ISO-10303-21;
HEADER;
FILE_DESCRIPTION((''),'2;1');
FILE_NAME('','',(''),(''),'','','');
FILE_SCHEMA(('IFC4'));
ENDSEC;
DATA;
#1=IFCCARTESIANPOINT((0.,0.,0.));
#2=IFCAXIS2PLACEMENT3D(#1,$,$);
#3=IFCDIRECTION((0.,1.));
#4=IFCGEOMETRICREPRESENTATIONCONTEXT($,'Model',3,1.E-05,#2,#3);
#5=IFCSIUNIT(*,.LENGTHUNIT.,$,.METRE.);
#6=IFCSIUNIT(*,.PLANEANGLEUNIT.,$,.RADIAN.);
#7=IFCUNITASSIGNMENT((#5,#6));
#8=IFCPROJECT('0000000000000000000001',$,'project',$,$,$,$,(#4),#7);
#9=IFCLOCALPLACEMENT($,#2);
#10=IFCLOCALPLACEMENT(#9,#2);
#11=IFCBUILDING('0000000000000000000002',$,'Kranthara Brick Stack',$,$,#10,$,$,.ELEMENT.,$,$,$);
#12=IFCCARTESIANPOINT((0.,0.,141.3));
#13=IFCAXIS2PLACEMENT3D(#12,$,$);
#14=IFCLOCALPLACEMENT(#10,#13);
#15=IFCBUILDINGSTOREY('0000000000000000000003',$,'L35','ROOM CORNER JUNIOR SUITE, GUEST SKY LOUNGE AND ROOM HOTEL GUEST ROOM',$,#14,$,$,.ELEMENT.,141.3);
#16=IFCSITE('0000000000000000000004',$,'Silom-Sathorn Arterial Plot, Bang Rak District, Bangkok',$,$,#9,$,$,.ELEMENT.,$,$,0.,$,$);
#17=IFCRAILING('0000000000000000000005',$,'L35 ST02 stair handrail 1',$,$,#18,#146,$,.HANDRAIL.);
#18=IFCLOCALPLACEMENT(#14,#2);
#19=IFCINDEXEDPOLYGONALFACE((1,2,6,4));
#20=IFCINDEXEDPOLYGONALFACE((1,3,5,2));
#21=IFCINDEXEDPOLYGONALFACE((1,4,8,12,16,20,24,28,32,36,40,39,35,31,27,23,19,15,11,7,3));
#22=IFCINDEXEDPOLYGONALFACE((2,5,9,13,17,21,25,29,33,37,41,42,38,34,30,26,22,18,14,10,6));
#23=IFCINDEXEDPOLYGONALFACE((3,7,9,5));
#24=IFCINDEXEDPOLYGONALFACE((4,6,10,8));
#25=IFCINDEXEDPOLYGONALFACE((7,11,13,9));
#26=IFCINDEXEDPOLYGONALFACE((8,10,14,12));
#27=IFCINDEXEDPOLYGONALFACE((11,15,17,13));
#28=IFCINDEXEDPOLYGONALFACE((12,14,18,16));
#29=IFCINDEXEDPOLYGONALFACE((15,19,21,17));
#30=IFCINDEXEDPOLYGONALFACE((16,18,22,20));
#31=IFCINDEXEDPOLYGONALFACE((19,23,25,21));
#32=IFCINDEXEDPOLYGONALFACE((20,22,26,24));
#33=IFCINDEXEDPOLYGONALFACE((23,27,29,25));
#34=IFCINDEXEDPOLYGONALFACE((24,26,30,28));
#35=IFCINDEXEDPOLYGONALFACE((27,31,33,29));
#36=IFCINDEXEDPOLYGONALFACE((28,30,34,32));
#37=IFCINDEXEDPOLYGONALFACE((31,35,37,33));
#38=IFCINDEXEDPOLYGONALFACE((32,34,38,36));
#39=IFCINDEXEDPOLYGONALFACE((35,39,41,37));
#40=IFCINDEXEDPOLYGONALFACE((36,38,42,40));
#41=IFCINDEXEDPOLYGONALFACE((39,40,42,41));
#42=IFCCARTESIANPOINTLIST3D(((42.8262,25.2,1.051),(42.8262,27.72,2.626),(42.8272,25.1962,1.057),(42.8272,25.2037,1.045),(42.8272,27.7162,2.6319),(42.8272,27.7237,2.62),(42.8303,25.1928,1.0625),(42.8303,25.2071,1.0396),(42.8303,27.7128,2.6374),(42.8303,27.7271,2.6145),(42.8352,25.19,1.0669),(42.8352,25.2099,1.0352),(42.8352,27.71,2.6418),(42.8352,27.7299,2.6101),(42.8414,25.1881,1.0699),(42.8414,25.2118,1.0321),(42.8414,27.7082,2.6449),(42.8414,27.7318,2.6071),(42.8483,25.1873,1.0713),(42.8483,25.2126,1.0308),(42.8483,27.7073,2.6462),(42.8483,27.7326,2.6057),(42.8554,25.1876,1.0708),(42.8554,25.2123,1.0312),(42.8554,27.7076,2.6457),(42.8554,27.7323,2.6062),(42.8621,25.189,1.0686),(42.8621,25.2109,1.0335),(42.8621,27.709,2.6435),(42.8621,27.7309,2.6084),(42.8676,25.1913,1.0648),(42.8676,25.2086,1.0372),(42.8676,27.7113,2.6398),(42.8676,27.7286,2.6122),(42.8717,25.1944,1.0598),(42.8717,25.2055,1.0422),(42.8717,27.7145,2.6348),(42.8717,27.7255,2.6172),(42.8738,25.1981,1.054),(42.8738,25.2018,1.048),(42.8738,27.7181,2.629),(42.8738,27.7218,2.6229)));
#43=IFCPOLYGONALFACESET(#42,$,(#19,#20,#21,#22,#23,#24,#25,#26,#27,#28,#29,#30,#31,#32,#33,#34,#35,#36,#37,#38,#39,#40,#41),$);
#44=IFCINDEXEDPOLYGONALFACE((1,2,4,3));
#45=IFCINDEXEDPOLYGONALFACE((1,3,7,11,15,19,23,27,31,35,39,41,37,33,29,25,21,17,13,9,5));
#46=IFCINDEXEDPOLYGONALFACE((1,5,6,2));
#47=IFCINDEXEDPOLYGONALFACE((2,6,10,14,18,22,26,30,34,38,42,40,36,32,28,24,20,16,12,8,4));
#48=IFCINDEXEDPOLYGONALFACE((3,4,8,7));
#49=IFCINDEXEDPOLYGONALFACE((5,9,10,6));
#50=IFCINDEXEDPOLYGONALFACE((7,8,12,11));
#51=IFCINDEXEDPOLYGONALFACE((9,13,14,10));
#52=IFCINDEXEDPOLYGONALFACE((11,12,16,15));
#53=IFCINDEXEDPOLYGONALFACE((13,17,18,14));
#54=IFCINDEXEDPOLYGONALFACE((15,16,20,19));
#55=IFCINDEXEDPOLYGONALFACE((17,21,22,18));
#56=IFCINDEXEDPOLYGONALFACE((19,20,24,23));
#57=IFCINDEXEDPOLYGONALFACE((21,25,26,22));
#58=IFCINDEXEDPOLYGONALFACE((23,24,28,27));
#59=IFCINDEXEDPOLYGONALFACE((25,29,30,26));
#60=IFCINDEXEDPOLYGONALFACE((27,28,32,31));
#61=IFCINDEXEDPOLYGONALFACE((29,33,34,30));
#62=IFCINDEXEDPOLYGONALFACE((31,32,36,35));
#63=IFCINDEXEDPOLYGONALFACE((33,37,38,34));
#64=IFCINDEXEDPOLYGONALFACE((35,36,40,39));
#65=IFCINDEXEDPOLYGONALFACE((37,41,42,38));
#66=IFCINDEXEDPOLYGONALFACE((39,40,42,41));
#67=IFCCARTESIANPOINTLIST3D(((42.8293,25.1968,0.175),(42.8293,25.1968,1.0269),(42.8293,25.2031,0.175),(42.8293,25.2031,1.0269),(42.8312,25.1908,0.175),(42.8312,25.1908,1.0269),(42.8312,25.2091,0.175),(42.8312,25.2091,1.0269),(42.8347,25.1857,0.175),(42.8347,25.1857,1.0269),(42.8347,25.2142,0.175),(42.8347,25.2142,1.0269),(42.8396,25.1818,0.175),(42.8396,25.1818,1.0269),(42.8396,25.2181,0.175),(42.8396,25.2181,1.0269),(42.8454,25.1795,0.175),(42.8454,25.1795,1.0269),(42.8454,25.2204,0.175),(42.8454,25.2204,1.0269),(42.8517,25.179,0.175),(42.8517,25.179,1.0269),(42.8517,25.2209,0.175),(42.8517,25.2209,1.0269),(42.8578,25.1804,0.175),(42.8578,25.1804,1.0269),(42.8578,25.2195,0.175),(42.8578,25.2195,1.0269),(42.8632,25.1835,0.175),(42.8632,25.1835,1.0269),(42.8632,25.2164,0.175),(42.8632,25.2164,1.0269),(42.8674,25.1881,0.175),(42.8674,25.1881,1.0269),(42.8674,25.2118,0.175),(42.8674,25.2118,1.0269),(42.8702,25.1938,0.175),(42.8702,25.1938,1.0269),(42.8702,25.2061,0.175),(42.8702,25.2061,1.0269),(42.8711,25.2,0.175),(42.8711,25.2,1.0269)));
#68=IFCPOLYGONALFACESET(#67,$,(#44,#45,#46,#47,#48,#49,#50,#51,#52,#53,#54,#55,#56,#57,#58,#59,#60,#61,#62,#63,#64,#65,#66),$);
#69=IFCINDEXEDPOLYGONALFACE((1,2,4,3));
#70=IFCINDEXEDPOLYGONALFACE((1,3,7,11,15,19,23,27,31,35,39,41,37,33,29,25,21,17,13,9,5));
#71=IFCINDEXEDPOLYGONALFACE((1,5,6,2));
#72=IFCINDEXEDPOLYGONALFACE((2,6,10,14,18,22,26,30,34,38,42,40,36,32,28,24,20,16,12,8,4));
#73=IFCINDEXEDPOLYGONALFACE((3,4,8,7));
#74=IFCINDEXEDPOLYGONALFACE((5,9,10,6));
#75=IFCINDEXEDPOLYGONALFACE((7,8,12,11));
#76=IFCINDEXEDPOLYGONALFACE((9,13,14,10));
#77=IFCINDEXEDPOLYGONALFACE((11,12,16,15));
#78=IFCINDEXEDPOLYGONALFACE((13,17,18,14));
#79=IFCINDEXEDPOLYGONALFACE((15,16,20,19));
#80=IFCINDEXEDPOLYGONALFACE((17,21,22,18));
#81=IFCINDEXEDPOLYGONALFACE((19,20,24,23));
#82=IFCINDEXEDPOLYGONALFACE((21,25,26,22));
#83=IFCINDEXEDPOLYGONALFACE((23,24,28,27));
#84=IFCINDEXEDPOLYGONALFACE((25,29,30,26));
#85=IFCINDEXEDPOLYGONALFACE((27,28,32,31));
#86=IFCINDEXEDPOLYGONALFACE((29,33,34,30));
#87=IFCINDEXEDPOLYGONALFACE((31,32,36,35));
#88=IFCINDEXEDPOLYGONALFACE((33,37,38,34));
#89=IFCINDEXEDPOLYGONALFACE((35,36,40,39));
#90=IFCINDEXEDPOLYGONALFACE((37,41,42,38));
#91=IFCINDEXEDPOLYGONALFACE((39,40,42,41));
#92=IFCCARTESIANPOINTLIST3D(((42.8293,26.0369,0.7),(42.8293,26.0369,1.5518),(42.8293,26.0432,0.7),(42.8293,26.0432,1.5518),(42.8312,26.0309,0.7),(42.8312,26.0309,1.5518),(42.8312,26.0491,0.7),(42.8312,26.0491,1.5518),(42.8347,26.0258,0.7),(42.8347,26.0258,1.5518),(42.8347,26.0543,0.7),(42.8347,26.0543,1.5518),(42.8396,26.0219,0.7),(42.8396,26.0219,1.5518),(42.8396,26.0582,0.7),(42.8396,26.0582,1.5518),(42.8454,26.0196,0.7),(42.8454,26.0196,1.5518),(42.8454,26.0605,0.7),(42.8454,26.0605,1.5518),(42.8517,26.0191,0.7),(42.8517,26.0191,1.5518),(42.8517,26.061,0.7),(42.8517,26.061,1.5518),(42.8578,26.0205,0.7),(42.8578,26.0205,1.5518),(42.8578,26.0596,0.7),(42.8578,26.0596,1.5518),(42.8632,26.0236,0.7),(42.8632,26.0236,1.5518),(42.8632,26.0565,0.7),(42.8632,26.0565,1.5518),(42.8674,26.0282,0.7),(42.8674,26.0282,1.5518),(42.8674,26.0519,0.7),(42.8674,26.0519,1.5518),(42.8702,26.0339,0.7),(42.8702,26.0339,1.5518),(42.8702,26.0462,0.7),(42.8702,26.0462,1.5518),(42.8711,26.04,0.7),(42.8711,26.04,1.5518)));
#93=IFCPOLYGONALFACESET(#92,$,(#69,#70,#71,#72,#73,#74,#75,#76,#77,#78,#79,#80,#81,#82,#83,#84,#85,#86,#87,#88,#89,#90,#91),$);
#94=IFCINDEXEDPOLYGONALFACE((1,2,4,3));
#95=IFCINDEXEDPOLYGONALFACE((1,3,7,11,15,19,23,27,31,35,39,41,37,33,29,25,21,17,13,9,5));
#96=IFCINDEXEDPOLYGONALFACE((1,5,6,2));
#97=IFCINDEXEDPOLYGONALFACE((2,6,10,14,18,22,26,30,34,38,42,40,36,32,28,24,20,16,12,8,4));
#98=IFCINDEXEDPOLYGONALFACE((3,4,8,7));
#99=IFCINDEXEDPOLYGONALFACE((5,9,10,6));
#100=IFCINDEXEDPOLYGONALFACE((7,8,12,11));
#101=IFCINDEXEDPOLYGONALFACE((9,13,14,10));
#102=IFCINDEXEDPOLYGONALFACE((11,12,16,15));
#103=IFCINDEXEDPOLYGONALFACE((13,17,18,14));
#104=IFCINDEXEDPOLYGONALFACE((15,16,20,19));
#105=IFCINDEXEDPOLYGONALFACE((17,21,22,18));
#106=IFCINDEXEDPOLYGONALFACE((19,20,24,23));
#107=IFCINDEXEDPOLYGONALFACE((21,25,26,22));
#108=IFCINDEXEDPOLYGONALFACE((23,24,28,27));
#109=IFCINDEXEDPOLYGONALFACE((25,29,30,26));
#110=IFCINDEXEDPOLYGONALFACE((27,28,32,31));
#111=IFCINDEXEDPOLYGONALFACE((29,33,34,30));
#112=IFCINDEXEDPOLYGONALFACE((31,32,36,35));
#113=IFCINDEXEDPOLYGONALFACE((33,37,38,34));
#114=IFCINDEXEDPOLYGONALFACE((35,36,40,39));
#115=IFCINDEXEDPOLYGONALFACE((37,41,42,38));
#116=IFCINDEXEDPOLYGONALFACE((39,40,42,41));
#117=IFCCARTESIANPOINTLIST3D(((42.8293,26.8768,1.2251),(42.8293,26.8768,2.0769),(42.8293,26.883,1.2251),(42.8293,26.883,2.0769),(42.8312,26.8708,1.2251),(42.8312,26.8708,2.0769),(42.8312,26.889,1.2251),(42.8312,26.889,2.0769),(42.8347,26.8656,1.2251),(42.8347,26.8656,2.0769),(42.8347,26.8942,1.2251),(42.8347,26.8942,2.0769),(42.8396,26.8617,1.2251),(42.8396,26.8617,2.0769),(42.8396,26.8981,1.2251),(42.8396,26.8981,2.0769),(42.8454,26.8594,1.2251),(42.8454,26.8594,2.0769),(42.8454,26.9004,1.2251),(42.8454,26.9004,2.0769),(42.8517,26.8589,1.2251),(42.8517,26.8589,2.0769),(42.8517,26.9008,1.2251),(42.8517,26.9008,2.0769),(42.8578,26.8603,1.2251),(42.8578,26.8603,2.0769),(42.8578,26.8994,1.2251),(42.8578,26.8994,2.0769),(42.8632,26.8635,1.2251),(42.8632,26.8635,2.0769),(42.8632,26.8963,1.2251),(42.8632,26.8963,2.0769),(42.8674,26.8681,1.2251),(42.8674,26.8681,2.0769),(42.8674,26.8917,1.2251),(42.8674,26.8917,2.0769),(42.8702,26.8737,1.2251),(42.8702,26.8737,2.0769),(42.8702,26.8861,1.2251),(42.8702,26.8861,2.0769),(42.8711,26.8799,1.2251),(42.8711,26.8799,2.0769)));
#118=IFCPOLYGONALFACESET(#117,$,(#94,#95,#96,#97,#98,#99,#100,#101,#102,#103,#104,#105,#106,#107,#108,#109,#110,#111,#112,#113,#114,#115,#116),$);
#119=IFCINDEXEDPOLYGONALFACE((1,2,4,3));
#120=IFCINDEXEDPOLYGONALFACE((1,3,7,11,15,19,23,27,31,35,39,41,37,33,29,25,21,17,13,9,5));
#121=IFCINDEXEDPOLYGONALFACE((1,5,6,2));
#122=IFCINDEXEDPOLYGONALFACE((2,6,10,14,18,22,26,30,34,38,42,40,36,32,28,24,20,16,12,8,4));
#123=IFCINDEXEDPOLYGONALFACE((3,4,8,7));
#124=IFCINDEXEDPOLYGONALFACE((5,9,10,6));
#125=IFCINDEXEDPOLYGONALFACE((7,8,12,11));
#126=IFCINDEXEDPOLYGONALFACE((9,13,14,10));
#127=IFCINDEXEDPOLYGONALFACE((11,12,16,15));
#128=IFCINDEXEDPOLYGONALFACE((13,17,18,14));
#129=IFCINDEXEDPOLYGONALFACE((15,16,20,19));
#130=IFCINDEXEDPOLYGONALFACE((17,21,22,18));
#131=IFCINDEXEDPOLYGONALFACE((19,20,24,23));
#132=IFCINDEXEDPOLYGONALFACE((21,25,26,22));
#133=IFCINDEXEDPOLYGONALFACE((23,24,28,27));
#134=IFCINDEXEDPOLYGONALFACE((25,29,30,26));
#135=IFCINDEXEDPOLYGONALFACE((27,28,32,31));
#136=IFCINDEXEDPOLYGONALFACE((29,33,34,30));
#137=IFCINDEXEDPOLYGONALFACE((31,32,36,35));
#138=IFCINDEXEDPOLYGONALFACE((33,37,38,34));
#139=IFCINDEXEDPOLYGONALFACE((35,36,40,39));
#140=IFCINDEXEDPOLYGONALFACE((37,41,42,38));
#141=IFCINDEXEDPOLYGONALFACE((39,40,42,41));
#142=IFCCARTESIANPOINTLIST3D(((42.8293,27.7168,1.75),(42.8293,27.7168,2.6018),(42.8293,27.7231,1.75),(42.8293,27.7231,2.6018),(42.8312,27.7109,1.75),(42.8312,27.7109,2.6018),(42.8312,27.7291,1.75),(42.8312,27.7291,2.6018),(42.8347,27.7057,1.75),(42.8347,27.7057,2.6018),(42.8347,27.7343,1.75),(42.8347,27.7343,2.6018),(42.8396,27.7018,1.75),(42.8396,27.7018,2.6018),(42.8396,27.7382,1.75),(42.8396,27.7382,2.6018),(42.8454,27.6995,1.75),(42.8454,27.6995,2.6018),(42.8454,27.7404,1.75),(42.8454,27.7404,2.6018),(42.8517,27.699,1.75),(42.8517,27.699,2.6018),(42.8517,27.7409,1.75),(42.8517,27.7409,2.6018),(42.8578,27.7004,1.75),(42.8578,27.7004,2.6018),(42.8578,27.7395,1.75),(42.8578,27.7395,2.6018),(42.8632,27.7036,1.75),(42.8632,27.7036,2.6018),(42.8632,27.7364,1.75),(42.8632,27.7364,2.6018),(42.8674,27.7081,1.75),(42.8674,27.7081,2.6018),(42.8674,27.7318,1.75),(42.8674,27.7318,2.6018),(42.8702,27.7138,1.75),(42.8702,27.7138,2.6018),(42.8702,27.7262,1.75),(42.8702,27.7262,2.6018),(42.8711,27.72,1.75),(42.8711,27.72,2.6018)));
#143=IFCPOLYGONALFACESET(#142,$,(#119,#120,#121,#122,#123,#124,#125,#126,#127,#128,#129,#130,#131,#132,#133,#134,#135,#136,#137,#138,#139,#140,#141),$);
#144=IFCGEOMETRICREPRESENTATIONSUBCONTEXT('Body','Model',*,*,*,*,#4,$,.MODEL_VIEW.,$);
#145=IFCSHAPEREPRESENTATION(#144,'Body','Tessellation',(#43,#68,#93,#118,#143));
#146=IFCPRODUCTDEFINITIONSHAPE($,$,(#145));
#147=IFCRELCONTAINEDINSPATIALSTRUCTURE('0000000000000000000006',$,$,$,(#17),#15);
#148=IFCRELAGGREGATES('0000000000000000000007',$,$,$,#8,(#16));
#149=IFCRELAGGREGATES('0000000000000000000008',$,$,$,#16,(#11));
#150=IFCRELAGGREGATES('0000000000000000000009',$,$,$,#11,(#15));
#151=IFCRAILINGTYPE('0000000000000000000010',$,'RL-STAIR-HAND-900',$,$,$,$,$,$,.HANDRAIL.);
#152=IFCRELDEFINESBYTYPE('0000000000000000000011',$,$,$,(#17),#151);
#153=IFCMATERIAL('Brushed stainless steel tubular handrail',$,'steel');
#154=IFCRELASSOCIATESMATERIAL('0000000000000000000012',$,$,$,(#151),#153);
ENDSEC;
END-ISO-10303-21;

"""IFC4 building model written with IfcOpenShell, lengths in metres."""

from ifc_helpers import new_model, si_unit, direction, frame, origin, origin_2d, place, context, subcontext, project, spatial, circle, extrude, material, type_object, element, save


model = new_model("IFC4")

# Units and contexts
model_context = context("Model", 3, precision=1e-05, world=origin(), true_north=direction((0.0, 1.0)))
body_context = subcontext(model_context, "Body", "Model", "MODEL_VIEW")
ifc_project = project(units=[si_unit("LENGTHUNIT", "METRE"), si_unit("PLANEANGLEUNIT", "RADIAN")], contexts=[model_context])

# Site, building, storey
site_placement = place(None, origin())
site = spatial("IfcSite", under=ifc_project, at=site_placement, Name="Silom-Sathorn Arterial Plot, Bang Rak District, Bangkok", CompositionType="ELEMENT", RefElevation=0.0)
building_placement = place(site_placement, origin())
building = spatial("IfcBuilding", under=site, at=building_placement, Name="Kranthara Brick Stack", CompositionType="ELEMENT")
storey_placement = place(building_placement, frame((0.0, 0.0, 141.3)))
storey = spatial("IfcBuildingStorey", under=building, at=storey_placement, Name="L35", Description="ROOM CORNER JUNIOR SUITE, GUEST SKY LOUNGE AND ROOM HOTEL GUEST ROOM", CompositionType="ELEMENT", Elevation=141.3)

# Railing
ifc_material_1 = material(Name="Brushed stainless steel tubular handrail", Category="steel")
railing_type_1 = type_object("IfcRailingType", Name="RL-STAIR-HAND-900", PredefinedType="HANDRAIL", material=ifc_material_1)
railing_1_placement = place(storey_placement, frame((42.8501, 25.2, 0.175)))
element("IfcRailing", 1, at=railing_1_placement, inside=storey, type_object=railing_type_1, Name="L35 ST02 stair handrail 1", PredefinedType="HANDRAIL", context=body_context, shape_type="SweptSolid", body=[
    extrude(circle(Radius=0.0239, at=origin_2d()), frame((0.0, 0.0, 0.876), z_axis=(0.0, 0.848008, 0.529984), x_axis=(-1.0, 0.0, 0.0)), (0.0, 0.0, 1.0), 2.9717),
    extrude(circle(Radius=0.021, at=origin_2d()), origin(), (0.0, 0.0, 1.0), 0.8518),
    extrude(circle(Radius=0.021, at=origin_2d()), frame((0.0, 0.8401, 0.5249)), (0.0, 0.0, 1.0), 0.8518),
    extrude(circle(Radius=0.021, at=origin_2d()), frame((0.0, 1.6799, 1.05)), (0.0, 0.0, 1.0), 0.8518),
    extrude(circle(Radius=0.021, at=origin_2d()), frame((0.0, 2.52, 1.575)), (0.0, 0.0, 1.0), 0.8518),
])

save(model, "model.ifc")
